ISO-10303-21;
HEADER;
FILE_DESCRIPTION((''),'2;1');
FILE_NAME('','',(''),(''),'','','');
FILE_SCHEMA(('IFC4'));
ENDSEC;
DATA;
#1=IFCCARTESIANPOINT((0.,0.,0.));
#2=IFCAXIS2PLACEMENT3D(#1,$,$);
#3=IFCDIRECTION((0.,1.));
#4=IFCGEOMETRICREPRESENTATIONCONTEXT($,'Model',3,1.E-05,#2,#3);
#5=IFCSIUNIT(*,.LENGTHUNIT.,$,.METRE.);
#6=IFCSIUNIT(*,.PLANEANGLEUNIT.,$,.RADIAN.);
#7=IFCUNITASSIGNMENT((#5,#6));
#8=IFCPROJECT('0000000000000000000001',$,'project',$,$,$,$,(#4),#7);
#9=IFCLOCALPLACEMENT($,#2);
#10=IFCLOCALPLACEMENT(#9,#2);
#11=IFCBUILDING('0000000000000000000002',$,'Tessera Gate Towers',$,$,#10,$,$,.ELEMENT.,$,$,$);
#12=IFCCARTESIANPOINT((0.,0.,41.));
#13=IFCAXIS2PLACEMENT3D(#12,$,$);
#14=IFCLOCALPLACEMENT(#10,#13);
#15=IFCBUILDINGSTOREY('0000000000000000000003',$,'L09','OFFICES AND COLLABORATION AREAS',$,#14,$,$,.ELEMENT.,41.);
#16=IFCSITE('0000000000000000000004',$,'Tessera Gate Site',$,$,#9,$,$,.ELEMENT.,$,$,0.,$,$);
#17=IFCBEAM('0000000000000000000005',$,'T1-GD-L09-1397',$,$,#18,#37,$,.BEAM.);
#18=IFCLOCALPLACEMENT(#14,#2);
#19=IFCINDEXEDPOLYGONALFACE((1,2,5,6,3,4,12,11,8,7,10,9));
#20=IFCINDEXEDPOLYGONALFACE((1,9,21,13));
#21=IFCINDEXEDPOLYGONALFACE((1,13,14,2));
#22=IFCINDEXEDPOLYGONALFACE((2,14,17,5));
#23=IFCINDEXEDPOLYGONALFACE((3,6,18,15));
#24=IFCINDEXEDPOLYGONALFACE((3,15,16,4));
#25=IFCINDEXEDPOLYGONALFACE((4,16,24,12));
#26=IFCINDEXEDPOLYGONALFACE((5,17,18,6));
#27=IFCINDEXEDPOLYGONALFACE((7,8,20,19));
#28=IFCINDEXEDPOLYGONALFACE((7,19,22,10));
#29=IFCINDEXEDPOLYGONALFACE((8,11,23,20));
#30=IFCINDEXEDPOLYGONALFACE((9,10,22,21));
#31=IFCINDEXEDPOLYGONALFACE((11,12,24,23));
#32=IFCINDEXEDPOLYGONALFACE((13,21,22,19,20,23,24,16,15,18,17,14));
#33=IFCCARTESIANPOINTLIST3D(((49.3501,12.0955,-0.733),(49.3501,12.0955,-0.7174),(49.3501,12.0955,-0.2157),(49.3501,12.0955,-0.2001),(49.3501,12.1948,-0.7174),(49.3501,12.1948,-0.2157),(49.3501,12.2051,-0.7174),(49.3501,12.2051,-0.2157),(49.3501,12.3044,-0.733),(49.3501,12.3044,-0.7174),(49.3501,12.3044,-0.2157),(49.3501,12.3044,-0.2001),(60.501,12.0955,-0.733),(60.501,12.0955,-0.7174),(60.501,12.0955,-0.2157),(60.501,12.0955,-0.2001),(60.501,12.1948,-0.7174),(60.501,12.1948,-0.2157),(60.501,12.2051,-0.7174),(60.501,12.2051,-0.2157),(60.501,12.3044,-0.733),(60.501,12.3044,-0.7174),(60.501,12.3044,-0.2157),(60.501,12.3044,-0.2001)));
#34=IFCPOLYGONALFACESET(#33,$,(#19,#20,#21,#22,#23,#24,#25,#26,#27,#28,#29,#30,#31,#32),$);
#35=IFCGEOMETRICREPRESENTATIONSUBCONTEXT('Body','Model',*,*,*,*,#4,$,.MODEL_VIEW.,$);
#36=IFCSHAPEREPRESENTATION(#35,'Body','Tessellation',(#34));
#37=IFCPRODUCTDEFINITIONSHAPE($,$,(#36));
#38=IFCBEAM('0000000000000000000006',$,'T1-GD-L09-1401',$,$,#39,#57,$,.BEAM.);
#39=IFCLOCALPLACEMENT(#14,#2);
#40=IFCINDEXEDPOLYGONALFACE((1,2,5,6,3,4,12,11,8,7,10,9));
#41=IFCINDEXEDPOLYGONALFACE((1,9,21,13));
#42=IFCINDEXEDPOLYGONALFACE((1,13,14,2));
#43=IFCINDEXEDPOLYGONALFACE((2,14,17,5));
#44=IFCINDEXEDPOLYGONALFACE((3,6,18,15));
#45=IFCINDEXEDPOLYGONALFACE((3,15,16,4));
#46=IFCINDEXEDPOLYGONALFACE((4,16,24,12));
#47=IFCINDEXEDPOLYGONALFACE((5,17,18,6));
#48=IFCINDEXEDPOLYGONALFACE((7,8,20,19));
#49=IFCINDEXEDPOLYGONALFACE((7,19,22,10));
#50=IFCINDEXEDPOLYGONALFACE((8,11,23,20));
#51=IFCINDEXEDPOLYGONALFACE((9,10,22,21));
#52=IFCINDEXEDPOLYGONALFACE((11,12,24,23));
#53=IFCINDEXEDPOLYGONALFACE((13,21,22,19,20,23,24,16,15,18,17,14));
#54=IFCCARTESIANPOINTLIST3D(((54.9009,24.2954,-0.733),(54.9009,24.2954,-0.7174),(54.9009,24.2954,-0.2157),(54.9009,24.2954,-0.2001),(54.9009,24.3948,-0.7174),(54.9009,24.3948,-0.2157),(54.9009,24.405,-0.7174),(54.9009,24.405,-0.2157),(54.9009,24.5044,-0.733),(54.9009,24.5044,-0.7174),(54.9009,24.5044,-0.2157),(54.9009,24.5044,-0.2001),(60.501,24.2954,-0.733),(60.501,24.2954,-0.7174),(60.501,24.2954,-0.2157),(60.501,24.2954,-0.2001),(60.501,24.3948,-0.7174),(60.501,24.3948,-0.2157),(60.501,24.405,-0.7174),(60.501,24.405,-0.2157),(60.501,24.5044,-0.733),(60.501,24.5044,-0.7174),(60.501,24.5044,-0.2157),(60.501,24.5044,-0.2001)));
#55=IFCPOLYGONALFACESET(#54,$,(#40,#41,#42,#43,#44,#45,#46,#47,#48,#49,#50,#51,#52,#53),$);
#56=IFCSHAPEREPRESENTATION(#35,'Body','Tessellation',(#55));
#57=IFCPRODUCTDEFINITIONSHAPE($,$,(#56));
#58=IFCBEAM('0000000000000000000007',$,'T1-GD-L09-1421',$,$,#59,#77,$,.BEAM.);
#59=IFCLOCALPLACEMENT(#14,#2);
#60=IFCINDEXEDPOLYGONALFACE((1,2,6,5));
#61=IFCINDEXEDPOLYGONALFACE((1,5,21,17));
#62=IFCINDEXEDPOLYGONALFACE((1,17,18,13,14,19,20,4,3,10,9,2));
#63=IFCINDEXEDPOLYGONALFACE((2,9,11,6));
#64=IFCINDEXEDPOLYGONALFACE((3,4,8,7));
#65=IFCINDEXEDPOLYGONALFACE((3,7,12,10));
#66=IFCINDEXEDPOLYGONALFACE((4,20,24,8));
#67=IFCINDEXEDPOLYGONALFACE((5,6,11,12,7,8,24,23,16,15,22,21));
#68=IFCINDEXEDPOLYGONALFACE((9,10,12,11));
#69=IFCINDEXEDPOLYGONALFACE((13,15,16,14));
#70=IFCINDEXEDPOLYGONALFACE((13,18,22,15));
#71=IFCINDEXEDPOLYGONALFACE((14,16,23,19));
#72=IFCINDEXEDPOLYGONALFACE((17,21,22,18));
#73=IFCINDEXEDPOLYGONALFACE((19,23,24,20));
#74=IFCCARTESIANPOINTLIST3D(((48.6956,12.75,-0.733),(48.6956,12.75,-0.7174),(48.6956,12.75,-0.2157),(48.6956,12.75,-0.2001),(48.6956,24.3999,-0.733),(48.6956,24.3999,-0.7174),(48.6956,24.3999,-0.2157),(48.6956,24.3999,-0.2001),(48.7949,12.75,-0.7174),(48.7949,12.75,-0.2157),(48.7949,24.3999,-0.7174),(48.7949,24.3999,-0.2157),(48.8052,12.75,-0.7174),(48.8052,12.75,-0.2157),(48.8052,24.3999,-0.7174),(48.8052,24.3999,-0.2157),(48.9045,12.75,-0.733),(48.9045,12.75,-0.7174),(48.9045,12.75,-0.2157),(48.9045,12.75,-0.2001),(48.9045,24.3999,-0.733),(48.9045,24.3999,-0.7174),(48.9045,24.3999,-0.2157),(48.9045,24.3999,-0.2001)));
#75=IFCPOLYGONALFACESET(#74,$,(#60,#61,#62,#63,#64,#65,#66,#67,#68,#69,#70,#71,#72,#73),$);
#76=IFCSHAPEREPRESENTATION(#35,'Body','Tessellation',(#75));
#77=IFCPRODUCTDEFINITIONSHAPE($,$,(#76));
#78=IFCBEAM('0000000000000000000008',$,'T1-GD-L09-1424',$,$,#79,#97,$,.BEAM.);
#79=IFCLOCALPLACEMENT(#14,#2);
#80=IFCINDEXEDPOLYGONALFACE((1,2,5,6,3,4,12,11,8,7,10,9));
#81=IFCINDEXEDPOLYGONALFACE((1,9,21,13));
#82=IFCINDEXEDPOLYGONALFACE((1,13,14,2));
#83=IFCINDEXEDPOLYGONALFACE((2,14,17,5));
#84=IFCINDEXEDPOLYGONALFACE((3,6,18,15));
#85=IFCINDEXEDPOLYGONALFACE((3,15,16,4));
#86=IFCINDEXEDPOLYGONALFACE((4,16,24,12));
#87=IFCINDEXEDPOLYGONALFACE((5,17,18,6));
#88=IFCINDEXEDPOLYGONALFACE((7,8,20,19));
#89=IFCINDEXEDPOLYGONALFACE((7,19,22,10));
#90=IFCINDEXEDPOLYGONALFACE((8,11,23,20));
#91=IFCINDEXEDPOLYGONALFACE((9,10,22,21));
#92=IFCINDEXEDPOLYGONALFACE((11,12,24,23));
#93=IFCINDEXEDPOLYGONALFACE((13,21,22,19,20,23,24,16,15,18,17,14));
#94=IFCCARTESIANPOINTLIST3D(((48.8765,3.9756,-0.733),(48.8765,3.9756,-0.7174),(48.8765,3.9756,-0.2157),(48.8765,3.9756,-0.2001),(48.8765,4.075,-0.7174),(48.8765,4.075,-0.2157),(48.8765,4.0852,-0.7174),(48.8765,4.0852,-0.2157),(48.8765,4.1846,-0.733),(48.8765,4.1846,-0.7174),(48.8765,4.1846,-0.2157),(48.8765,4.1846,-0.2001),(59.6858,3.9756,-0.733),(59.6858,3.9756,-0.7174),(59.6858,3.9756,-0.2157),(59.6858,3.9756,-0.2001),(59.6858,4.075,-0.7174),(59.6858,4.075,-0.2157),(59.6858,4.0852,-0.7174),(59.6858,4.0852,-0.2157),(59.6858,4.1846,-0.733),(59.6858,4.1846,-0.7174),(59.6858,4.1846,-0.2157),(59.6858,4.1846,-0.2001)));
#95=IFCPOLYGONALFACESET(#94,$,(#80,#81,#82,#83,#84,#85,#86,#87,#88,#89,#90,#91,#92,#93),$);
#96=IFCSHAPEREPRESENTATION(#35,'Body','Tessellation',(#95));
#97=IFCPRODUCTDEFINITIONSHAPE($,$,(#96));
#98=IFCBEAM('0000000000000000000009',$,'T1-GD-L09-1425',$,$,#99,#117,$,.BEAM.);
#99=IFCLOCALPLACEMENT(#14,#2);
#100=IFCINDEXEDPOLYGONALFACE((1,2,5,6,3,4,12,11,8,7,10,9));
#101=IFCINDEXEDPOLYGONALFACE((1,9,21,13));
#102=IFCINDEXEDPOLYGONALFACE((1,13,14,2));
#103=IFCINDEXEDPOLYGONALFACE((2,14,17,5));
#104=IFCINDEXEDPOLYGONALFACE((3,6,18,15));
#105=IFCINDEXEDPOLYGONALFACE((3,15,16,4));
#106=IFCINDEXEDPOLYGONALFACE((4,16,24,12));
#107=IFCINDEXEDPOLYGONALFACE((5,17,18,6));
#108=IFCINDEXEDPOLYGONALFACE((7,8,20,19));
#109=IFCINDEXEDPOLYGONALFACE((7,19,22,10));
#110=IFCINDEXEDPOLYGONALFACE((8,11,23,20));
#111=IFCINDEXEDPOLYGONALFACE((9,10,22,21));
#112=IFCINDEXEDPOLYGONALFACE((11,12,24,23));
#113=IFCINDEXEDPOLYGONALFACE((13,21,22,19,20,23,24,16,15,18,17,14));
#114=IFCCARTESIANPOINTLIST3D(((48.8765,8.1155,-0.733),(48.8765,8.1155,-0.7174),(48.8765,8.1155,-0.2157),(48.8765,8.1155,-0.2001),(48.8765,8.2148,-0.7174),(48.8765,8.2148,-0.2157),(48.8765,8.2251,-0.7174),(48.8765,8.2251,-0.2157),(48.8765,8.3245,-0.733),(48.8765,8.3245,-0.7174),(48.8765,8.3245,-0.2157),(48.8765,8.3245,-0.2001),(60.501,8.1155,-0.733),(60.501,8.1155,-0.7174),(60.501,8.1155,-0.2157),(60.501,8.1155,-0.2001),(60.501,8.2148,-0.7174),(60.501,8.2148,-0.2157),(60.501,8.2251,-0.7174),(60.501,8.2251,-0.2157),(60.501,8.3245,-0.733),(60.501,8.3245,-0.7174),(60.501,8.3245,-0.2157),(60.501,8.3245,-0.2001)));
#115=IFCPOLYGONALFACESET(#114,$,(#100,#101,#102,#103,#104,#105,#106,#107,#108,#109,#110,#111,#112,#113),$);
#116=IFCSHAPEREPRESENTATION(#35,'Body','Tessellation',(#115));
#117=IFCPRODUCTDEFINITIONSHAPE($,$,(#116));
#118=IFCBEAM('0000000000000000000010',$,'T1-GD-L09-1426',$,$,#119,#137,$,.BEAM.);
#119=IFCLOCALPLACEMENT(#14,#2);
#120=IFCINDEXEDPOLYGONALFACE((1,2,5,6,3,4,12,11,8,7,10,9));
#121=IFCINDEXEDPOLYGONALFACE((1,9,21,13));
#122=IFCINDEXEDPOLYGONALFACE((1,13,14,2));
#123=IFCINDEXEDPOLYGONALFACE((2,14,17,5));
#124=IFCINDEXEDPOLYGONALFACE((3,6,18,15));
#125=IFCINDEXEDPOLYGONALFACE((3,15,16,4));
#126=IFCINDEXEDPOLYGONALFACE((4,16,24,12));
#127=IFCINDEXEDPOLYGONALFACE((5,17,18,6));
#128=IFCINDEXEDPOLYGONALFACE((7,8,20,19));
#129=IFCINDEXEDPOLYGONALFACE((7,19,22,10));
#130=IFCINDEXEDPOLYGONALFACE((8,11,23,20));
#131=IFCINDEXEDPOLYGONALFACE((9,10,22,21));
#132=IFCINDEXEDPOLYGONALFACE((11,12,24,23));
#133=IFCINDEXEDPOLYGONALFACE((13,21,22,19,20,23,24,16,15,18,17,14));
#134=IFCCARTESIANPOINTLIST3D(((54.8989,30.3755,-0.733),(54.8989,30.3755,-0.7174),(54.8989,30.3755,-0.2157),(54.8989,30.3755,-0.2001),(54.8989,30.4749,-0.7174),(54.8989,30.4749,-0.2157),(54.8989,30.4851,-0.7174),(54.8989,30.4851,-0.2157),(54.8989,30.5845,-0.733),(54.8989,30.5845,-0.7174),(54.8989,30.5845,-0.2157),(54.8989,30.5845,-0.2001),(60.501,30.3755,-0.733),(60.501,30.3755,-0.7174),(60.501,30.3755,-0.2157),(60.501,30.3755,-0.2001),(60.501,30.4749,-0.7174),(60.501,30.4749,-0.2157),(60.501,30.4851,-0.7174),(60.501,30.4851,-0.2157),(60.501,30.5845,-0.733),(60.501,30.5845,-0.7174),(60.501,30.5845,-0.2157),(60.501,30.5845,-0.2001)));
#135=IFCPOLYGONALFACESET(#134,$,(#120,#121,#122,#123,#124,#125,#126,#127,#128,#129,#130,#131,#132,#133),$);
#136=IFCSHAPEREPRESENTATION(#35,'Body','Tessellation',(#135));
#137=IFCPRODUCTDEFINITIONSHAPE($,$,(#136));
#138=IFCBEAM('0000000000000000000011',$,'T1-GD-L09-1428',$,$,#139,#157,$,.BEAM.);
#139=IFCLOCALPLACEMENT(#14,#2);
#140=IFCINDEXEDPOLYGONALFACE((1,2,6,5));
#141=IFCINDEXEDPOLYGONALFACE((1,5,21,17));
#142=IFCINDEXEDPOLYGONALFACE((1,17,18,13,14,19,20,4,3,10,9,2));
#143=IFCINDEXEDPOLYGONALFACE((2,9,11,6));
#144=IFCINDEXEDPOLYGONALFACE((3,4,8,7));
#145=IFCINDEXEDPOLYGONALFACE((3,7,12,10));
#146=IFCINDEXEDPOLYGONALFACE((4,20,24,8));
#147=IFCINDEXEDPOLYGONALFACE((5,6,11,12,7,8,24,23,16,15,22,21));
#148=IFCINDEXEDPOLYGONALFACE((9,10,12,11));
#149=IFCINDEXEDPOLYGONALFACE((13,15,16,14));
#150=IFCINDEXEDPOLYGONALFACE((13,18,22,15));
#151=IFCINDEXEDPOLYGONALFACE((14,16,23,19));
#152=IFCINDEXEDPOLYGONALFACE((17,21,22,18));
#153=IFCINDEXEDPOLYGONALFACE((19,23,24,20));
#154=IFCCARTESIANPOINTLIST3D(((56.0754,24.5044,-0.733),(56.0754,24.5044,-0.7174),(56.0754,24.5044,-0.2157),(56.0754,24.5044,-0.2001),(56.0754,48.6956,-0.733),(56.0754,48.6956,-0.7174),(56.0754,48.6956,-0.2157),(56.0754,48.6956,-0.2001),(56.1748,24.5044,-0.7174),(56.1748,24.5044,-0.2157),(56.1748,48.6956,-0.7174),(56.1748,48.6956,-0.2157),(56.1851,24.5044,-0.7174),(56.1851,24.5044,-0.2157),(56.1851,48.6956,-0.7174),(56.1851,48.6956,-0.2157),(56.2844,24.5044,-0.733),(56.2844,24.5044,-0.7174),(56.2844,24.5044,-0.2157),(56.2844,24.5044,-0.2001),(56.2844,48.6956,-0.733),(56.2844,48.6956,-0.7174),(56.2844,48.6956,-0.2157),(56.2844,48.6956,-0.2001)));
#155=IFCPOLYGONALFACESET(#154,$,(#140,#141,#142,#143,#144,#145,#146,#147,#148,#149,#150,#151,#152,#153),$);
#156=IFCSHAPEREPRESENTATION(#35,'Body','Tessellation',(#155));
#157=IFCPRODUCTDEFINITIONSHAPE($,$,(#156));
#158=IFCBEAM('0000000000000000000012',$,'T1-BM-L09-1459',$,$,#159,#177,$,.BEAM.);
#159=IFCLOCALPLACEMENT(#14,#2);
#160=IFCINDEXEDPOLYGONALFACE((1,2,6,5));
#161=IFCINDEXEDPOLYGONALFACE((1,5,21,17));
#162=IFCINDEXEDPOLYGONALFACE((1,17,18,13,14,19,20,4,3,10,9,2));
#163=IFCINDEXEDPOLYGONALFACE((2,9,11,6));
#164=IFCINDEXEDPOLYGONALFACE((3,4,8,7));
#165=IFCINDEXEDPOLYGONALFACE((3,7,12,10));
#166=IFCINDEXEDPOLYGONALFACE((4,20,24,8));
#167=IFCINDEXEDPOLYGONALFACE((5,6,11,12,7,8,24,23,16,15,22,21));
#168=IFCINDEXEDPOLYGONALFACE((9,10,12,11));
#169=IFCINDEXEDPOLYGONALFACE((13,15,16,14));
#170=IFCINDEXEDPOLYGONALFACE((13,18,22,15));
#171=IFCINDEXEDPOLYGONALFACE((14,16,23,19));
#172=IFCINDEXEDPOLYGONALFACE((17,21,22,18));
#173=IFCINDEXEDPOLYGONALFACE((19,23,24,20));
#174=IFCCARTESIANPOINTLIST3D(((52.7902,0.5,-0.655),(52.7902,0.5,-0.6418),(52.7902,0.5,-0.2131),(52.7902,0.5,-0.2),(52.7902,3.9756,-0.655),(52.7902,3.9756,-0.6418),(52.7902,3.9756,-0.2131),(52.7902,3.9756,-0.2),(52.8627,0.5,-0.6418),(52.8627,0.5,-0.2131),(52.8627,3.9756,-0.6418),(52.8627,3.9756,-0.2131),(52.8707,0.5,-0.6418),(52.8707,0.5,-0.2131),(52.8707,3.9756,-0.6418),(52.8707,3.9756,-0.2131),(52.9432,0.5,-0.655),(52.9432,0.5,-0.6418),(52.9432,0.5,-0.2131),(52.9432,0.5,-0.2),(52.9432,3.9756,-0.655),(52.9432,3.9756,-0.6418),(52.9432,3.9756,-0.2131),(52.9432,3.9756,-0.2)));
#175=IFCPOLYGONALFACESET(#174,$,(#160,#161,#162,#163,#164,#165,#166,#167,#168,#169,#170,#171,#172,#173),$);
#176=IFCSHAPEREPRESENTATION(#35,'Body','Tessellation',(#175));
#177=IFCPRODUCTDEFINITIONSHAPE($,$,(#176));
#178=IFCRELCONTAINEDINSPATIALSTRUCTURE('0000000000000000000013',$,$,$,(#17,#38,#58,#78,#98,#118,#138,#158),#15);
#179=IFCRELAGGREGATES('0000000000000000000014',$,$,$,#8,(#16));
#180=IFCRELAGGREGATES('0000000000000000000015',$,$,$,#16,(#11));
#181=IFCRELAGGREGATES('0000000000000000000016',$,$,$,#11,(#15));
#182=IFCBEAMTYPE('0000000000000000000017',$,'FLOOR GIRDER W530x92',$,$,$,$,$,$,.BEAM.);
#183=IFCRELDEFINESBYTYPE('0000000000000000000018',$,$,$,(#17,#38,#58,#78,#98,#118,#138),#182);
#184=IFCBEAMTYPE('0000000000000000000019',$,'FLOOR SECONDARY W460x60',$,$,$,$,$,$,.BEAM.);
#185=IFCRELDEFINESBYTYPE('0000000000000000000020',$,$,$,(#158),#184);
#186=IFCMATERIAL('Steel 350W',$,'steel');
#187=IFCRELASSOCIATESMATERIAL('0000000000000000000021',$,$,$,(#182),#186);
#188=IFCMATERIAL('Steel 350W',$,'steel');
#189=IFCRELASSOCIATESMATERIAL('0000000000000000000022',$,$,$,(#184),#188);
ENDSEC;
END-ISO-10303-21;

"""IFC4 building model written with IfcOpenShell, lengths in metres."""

from ifc_helpers import new_model, si_unit, direction, frame, origin, origin_2d, place, context, subcontext, project, spatial, i_section, extrude, material, material_profile, profile_set, type_object, element, save


model = new_model("IFC4")

# Units and contexts
model_context = context("Model", 3, precision=1e-05, world=origin(), true_north=direction((0.0, 1.0)))
body_context = subcontext(model_context, "Body", "Model", "MODEL_VIEW")
ifc_project = project(units=[si_unit("LENGTHUNIT", "METRE"), si_unit("PLANEANGLEUNIT", "RADIAN")], contexts=[model_context])

# Site, building, storey
site_placement = place(None, origin())
site = spatial("IfcSite", under=ifc_project, at=site_placement, Name="Tessera Gate Site", CompositionType="ELEMENT", RefElevation=0.0)
building_placement = place(site_placement, origin())
building = spatial("IfcBuilding", under=site, at=building_placement, Name="Tessera Gate Towers", CompositionType="ELEMENT")
storey_placement = place(building_placement, frame((0.0, 0.0, 41.0)))
storey = spatial("IfcBuildingStorey", under=building, at=storey_placement, Name="L09", Description="OFFICES AND COLLABORATION AREAS", CompositionType="ELEMENT", Elevation=41.0)

# Beams
ifc_material_1 = material(Name="Steel 350W", Category="steel")
ifc_material_profile_1 = material_profile(ifc_material_1, i_section(OverallWidth=0.209, OverallDepth=0.533, WebThickness=0.0103, FlangeThickness=0.0156, at=origin_2d()), Name="W530x92")
ifc_profile_set_1 = profile_set([ifc_material_profile_1], Name="Steel 350W")
beam_type_1 = type_object("IfcBeamType", Name="FLOOR GIRDER W530x92", PredefinedType="BEAM", material=ifc_profile_set_1)
beam_1_placement = place(storey_placement, frame((49.3501, 12.2, -0.4666), z_axis=(1.0, 0.0, 0.0), x_axis=(0.0, 1.0, 0.0)))
element("IfcBeam", 1, at=beam_1_placement, inside=storey, type_object=beam_type_1, Name="T1-GD-L09-1397", PredefinedType="BEAM", context=body_context, shape_type="SweptSolid", body=[
    extrude(i_section(OverallWidth=0.209, OverallDepth=0.533, WebThickness=0.0103, FlangeThickness=0.0156, at=origin_2d()), origin(), (0.0, 0.0, 1.0), 11.1509),
])
beam_2_placement = place(storey_placement, frame((54.9009, 24.3999, -0.4666), z_axis=(1.0, 0.0, 0.0), x_axis=(0.0, 1.0, 0.0)))
element("IfcBeam", 2, at=beam_2_placement, inside=storey, type_object=beam_type_1, Name="T1-GD-L09-1401", PredefinedType="BEAM", context=body_context, shape_type="SweptSolid", body=[
    extrude(i_section(OverallWidth=0.209, OverallDepth=0.533, WebThickness=0.0103, FlangeThickness=0.0156, at=origin_2d()), origin(), (0.0, 0.0, 1.0), 5.6001),
])
beam_3_placement = place(storey_placement, frame((48.8, 12.75, -0.4666), z_axis=(0.0, 1.0, 0.0), x_axis=(-1.0, 0.0, 0.0)))
element("IfcBeam", 3, at=beam_3_placement, inside=storey, type_object=beam_type_1, Name="T1-GD-L09-1421", PredefinedType="BEAM", context=body_context, shape_type="SweptSolid", body=[
    extrude(i_section(OverallWidth=0.209, OverallDepth=0.533, WebThickness=0.0103, FlangeThickness=0.0156, at=origin_2d()), origin(), (0.0, 0.0, 1.0), 11.6499),
])
beam_4_placement = place(storey_placement, frame((48.8765, 4.0801, -0.4666), z_axis=(1.0, 0.0, 0.0), x_axis=(0.0, 1.0, 0.0)))
element("IfcBeam", 4, at=beam_4_placement, inside=storey, type_object=beam_type_1, Name="T1-GD-L09-1424", PredefinedType="BEAM", context=body_context, shape_type="SweptSolid", body=[
    extrude(i_section(OverallWidth=0.209, OverallDepth=0.533, WebThickness=0.0103, FlangeThickness=0.0156, at=origin_2d()), origin(), (0.0, 0.0, 1.0), 10.8093),
])
beam_5_placement = place(storey_placement, frame((48.8765, 8.22, -0.4666), z_axis=(1.0, 0.0, 0.0), x_axis=(0.0, 1.0, 0.0)))
element("IfcBeam", 5, at=beam_5_placement, inside=storey, type_object=beam_type_1, Name="T1-GD-L09-1425", PredefinedType="BEAM", context=body_context, shape_type="SweptSolid", body=[
    extrude(i_section(OverallWidth=0.209, OverallDepth=0.533, WebThickness=0.0103, FlangeThickness=0.0156, at=origin_2d()), origin(), (0.0, 0.0, 1.0), 11.6245),
])
beam_6_placement = place(storey_placement, frame((54.8989, 30.48, -0.4666), z_axis=(1.0, 0.0, 0.0), x_axis=(0.0, 1.0, 0.0)))
element("IfcBeam", 6, at=beam_6_placement, inside=storey, type_object=beam_type_1, Name="T1-GD-L09-1426", PredefinedType="BEAM", context=body_context, shape_type="SweptSolid", body=[
    extrude(i_section(OverallWidth=0.209, OverallDepth=0.533, WebThickness=0.0103, FlangeThickness=0.0156, at=origin_2d()), origin(), (0.0, 0.0, 1.0), 5.6021),
])
beam_7_placement = place(storey_placement, frame((56.1799, 24.5044, -0.4666), z_axis=(0.0, 1.0, 0.0), x_axis=(-1.0, 0.0, 0.0)))
element("IfcBeam", 7, at=beam_7_placement, inside=storey, type_object=beam_type_1, Name="T1-GD-L09-1428", PredefinedType="BEAM", context=body_context, shape_type="SweptSolid", body=[
    extrude(i_section(OverallWidth=0.209, OverallDepth=0.533, WebThickness=0.0103, FlangeThickness=0.0156, at=origin_2d()), origin(), (0.0, 0.0, 1.0), 24.1912),
])
ifc_material_2 = material(Name="Steel 350W", Category="steel")
ifc_material_profile_2 = material_profile(ifc_material_2, i_section(OverallWidth=0.1531, OverallDepth=0.4551, WebThickness=0.0081, FlangeThickness=0.0132, at=origin_2d()), Name="W460x60")
ifc_profile_set_2 = profile_set([ifc_material_profile_2], Name="Steel 350W")
beam_type_2 = type_object("IfcBeamType", Name="FLOOR SECONDARY W460x60", PredefinedType="BEAM", material=ifc_profile_set_2)
beam_8_placement = place(storey_placement, frame((52.8667, 0.5, -0.4275), z_axis=(0.0, 1.0, 0.0), x_axis=(-1.0, 0.0, 0.0)))
element("IfcBeam", 8, at=beam_8_placement, inside=storey, type_object=beam_type_2, Name="T1-BM-L09-1459", PredefinedType="BEAM", context=body_context, shape_type="SweptSolid", body=[
    extrude(i_section(OverallWidth=0.1531, OverallDepth=0.4551, WebThickness=0.0081, FlangeThickness=0.0132, at=origin_2d()), origin(), (0.0, 0.0, 1.0), 3.4756),
])

save(model, "model.ifc")
